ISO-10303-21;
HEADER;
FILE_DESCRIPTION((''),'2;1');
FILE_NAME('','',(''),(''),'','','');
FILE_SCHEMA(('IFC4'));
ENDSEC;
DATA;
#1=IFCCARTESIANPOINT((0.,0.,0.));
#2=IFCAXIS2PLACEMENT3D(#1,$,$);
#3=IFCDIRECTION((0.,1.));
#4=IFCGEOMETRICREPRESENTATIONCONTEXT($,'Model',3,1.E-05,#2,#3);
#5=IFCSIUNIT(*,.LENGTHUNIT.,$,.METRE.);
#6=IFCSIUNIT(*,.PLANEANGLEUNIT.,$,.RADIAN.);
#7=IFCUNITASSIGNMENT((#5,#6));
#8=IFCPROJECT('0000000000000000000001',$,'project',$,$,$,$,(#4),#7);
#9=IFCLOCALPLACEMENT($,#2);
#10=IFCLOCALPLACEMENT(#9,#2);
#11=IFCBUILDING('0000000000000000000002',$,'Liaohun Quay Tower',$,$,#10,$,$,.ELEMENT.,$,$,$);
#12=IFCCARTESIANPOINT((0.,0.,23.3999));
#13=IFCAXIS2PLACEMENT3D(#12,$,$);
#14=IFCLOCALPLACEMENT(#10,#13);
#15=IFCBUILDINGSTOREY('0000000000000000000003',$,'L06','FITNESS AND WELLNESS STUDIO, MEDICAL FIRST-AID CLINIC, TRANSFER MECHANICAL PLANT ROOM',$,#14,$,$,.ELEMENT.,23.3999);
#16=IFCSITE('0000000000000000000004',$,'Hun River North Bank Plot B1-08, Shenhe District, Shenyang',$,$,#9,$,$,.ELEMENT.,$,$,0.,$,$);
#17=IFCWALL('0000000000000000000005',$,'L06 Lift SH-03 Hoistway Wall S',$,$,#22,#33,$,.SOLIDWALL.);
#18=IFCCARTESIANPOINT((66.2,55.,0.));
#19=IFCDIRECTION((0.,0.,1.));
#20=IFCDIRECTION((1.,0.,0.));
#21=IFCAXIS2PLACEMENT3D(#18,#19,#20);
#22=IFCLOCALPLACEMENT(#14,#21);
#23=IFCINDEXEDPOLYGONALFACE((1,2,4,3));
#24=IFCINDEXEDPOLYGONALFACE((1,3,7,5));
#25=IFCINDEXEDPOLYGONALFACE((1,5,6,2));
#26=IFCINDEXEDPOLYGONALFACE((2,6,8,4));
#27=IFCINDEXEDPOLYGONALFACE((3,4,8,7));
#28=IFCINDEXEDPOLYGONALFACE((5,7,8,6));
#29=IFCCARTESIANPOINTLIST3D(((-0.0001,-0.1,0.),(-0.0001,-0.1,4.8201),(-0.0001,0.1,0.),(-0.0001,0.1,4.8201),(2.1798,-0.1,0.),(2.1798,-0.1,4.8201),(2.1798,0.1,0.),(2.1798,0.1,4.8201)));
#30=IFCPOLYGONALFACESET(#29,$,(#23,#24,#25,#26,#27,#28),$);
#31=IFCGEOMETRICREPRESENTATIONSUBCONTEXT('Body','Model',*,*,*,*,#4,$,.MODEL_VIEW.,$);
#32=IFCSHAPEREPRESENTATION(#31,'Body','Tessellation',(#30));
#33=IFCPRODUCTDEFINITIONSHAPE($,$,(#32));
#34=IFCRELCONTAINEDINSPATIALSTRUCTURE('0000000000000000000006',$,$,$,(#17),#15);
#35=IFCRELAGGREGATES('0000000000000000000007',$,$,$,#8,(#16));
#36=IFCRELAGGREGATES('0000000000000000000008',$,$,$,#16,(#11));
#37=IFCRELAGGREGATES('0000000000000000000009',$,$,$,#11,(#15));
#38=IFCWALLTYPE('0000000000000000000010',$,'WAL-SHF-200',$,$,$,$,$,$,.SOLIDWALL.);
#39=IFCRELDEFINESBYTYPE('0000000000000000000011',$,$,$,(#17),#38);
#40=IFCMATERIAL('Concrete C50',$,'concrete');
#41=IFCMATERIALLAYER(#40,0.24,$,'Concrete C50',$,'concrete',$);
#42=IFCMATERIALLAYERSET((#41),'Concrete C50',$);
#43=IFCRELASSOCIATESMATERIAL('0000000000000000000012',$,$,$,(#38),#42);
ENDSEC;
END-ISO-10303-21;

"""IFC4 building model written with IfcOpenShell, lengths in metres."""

from ifc_helpers import new_model, si_unit, direction, frame, frame_2d, origin, place, context, subcontext, project, spatial, rectangle, extrude, material, layer, layer_set, type_object, element, save


model = new_model("IFC4")

# Units and contexts
model_context = context("Model", 3, precision=1e-05, world=origin(), true_north=direction((0.0, 1.0)))
body_context = subcontext(model_context, "Body", "Model", "MODEL_VIEW")
ifc_project = project(units=[si_unit("LENGTHUNIT", "METRE"), si_unit("PLANEANGLEUNIT", "RADIAN")], contexts=[model_context])

# Site, building, storey
site_placement = place(None, origin())
site = spatial("IfcSite", under=ifc_project, at=site_placement, Name="Hun River North Bank Plot B1-08, Shenhe District, Shenyang", CompositionType="ELEMENT", RefElevation=0.0)
building_placement = place(site_placement, origin())
building = spatial("IfcBuilding", under=site, at=building_placement, Name="Liaohun Quay Tower", CompositionType="ELEMENT")
storey_placement = place(building_placement, frame((0.0, 0.0, 23.3999)))
storey = spatial("IfcBuildingStorey", under=building, at=storey_placement, Name="L06", Description="FITNESS AND WELLNESS STUDIO, MEDICAL FIRST-AID CLINIC, TRANSFER MECHANICAL PLANT ROOM", CompositionType="ELEMENT", Elevation=23.3999)

# Wall
ifc_material_1 = material(Name="Concrete C50", Category="concrete")
ifc_layer_1 = layer(ifc_material_1, 0.24, Name="Concrete C50", Category="concrete")
ifc_layer_set_1 = layer_set([ifc_layer_1], Name="Concrete C50")
wall_type_1 = type_object("IfcWallType", Name="WAL-SHF-200", PredefinedType="SOLIDWALL", material=ifc_layer_set_1)
wall_1_placement = place(storey_placement, frame((66.2, 55.0, 0.0), z_axis=(0.0, 0.0, 1.0), x_axis=(1.0, 0.0, 0.0)))
element("IfcWall", 1, at=wall_1_placement, inside=storey, type_object=wall_type_1, Name="L06 Lift SH-03 Hoistway Wall S", PredefinedType="SOLIDWALL", context=body_context, shape_type="SweptSolid", body=[
    extrude(rectangle(XDim=2.1799, YDim=0.2, at=frame_2d((1.0898, 0.0))), origin(), (0.0, 0.0, 1.0), 4.8201),
])

save(model, "model.ifc")
